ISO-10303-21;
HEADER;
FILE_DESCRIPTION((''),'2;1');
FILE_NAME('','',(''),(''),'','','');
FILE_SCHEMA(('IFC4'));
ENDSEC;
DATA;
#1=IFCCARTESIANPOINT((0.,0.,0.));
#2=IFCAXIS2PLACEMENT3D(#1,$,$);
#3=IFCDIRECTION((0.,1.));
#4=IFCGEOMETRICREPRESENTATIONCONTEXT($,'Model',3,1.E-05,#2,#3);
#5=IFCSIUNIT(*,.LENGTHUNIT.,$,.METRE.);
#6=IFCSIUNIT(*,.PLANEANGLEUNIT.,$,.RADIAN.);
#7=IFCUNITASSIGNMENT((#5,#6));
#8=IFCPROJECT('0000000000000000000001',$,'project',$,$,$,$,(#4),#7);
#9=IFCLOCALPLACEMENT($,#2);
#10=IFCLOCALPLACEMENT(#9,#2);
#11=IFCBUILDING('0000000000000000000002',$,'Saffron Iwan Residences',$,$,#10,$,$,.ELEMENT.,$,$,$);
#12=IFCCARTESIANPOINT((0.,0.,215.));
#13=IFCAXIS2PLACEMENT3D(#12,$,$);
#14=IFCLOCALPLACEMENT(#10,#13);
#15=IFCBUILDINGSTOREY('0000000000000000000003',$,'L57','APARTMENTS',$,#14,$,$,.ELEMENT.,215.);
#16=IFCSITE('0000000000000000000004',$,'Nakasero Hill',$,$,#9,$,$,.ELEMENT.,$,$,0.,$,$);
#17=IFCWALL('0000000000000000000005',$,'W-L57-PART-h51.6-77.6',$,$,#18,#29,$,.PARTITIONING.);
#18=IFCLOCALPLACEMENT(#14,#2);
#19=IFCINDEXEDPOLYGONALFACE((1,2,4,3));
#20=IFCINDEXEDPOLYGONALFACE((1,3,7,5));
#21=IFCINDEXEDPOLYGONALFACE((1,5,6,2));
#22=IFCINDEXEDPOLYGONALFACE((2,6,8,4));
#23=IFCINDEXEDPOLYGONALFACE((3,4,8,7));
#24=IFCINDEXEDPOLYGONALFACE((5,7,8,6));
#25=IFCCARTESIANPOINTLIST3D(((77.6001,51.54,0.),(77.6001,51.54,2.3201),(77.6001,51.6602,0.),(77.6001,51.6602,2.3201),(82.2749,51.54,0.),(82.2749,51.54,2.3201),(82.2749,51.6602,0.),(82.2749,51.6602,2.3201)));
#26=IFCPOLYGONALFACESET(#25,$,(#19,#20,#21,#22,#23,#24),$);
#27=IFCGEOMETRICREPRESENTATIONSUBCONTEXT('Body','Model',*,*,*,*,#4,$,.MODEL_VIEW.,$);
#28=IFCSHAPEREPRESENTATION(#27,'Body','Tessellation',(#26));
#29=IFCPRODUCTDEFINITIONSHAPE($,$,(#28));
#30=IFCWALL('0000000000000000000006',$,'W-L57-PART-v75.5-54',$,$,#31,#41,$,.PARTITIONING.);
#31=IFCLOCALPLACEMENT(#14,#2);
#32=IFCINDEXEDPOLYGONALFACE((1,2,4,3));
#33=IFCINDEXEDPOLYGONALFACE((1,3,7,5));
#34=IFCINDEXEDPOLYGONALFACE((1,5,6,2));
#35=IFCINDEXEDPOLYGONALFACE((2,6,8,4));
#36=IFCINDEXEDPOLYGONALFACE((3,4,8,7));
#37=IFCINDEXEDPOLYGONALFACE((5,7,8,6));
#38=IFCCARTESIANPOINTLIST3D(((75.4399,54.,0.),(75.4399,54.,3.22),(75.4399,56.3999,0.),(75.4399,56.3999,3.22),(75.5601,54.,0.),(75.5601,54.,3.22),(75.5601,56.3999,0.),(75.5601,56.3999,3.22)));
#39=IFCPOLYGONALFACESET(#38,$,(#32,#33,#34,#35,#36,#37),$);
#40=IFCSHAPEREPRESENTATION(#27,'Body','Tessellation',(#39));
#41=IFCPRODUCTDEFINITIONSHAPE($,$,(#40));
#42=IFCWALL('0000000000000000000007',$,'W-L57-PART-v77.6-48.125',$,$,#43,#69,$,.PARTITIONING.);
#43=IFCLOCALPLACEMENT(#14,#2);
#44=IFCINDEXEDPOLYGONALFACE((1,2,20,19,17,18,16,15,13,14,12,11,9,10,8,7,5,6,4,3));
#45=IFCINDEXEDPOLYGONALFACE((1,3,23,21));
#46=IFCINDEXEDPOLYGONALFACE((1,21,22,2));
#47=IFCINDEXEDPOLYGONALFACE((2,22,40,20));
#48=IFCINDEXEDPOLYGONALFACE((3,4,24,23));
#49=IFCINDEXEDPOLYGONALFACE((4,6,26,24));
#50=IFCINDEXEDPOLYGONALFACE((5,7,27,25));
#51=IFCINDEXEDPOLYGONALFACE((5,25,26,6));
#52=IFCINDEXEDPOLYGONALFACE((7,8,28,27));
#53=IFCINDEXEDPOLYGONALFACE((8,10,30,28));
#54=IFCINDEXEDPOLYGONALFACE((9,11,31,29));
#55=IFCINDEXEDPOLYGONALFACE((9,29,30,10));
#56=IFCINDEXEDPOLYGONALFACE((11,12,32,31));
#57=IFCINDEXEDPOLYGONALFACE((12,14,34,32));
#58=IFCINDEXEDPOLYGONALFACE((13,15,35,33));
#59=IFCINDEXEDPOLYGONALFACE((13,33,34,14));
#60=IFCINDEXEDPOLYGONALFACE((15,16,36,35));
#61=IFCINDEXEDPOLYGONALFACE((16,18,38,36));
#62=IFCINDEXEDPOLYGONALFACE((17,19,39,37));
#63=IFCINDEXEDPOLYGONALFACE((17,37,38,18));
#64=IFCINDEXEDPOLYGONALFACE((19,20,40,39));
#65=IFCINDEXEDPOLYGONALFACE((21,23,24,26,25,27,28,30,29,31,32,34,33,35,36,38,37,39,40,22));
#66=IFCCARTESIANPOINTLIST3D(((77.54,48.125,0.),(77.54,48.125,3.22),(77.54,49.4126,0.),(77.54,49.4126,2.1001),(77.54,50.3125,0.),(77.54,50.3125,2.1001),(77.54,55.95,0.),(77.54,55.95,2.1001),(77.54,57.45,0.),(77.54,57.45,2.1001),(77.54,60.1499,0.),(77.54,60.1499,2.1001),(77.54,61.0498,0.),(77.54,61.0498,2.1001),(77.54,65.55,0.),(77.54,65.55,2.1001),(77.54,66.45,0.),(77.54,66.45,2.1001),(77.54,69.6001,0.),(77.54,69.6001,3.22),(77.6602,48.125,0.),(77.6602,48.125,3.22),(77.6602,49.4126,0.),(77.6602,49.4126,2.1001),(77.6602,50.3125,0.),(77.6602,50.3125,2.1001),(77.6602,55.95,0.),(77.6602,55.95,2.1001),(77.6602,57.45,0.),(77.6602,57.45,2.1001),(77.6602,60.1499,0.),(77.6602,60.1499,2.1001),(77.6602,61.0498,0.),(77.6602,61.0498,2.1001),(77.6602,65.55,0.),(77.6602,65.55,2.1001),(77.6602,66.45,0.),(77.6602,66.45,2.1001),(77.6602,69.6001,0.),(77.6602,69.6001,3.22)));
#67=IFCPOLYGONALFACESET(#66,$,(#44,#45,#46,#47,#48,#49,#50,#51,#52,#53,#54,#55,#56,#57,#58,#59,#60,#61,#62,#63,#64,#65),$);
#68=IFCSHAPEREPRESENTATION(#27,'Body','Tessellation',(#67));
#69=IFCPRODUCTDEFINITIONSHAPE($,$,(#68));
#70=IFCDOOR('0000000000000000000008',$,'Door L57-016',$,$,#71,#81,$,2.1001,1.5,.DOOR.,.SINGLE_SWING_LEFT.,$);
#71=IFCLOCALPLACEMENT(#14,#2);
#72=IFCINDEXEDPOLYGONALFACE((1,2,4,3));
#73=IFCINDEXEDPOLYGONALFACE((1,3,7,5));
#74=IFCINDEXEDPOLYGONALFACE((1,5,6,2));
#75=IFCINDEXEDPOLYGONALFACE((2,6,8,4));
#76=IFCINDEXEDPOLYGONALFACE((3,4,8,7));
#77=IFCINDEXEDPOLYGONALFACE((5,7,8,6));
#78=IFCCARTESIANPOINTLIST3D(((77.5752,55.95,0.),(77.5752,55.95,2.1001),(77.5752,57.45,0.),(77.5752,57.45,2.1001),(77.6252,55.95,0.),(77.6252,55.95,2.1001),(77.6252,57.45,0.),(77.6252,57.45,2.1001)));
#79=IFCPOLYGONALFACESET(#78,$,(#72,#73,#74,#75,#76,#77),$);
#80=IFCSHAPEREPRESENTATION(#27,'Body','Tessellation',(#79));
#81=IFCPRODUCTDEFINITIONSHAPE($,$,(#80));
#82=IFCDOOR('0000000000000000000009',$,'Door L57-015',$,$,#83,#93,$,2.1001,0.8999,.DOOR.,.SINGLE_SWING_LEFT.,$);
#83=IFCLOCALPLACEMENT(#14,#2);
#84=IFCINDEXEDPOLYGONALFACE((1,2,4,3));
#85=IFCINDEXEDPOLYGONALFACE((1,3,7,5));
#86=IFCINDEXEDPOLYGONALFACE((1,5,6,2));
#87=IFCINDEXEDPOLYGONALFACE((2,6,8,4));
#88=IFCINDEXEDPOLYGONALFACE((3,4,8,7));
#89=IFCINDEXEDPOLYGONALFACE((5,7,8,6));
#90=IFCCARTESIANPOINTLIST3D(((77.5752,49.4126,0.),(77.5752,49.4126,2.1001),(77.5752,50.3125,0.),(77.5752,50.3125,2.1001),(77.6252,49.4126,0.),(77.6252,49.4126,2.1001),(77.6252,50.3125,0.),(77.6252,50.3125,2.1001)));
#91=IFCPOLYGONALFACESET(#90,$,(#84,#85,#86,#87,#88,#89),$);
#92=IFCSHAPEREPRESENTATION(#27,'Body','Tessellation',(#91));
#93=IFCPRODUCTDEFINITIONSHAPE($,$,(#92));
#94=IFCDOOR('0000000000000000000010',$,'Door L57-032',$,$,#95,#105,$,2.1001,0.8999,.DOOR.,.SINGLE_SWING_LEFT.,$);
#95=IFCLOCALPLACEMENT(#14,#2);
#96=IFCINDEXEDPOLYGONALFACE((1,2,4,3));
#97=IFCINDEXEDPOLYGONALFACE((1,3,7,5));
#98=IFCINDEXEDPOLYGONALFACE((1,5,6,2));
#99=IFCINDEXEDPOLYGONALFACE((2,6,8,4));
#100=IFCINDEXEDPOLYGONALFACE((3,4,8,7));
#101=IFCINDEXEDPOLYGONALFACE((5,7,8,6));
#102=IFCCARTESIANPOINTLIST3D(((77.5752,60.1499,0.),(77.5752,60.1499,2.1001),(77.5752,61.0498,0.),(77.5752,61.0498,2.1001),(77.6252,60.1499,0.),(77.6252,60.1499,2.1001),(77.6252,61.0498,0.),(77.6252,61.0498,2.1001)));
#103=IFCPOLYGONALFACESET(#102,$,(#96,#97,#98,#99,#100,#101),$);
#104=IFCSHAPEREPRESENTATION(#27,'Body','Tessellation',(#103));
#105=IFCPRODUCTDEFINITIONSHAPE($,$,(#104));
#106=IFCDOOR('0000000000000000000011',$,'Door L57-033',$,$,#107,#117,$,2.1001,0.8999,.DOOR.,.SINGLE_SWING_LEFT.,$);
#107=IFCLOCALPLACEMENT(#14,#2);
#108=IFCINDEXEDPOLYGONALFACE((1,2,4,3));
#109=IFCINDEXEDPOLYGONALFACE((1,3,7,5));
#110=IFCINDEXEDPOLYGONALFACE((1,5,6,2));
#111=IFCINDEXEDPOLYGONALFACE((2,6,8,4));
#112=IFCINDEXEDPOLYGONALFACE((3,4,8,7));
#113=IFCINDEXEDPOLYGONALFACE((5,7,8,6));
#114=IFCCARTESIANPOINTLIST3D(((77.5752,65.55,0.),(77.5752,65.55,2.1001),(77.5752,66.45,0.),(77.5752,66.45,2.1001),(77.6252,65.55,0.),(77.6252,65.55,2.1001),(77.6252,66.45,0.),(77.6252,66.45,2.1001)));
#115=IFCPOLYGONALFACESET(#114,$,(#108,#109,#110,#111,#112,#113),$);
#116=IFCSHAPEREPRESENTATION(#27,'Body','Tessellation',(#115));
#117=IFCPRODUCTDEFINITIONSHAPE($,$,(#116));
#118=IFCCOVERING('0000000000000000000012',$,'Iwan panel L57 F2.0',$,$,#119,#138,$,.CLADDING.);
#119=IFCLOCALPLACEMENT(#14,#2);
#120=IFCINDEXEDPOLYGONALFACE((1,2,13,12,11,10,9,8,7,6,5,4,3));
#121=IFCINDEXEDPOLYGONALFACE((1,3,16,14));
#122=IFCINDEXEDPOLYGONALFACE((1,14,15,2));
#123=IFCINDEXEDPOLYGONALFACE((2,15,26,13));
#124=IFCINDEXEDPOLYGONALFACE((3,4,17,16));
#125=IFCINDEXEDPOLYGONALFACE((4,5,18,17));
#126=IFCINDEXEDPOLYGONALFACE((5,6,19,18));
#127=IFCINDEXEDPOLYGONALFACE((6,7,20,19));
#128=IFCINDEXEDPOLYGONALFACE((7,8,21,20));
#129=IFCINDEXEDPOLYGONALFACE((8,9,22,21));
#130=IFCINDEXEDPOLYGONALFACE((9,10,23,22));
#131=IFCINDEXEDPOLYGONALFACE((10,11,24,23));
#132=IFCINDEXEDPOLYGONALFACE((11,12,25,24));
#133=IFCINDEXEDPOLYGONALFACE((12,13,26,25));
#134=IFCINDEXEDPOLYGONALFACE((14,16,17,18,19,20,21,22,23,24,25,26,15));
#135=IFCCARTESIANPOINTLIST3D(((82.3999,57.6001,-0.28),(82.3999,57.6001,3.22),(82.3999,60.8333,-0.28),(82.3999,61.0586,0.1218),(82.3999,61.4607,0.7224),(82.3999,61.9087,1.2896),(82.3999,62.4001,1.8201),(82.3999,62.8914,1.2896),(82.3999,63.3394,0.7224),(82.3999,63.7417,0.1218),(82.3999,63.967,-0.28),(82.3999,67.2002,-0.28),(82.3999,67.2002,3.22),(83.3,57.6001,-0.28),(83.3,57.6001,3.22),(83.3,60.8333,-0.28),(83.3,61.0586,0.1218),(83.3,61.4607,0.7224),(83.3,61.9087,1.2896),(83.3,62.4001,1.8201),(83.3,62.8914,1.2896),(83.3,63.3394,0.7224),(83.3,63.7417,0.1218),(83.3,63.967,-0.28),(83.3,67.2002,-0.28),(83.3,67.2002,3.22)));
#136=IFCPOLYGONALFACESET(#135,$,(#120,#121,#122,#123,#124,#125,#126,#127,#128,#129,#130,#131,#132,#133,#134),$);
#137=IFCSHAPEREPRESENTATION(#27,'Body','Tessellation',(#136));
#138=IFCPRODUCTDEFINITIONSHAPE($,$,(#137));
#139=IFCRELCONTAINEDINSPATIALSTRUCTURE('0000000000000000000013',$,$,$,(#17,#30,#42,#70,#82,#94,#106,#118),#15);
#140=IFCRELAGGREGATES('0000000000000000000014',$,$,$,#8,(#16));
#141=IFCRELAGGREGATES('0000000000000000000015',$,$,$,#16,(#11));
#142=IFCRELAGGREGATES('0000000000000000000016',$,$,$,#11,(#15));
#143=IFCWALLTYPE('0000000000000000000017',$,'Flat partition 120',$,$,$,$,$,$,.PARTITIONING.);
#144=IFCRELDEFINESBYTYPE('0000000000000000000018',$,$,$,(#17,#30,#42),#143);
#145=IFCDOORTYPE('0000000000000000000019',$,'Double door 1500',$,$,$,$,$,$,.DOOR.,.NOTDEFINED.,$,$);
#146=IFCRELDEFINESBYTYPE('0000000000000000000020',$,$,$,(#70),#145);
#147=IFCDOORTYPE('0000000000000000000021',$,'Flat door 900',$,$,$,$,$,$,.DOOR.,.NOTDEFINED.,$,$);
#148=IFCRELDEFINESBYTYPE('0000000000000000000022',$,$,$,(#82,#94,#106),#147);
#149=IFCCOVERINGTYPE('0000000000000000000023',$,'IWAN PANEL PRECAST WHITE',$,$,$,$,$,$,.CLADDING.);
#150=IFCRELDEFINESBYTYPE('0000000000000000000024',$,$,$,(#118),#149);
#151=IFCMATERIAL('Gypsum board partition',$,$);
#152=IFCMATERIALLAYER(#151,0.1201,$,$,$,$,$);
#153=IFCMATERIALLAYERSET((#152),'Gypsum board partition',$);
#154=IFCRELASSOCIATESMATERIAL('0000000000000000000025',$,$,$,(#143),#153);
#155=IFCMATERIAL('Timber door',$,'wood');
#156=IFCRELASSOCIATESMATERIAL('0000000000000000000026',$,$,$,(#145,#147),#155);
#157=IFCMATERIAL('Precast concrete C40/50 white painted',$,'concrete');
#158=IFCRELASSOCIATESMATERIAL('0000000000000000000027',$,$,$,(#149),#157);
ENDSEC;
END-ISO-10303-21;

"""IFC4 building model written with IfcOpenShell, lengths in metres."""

from ifc_helpers import new_model, si_unit, direction, frame, frame_2d, origin, place, context, subcontext, project, spatial, polyline, rectangle, outline, extrude, material, layer, layer_set, type_object, element, fill, save


model = new_model("IFC4")

# Units and contexts
model_context = context("Model", 3, precision=1e-05, world=origin(), true_north=direction((0.0, 1.0)))
body_context = subcontext(model_context, "Body", "Model", "MODEL_VIEW")
ifc_project = project(units=[si_unit("LENGTHUNIT", "METRE"), si_unit("PLANEANGLEUNIT", "RADIAN")], contexts=[model_context])

# Site, building, storey
site_placement = place(None, origin())
site = spatial("IfcSite", under=ifc_project, at=site_placement, Name="Nakasero Hill", CompositionType="ELEMENT", RefElevation=0.0)
building_placement = place(site_placement, origin())
building = spatial("IfcBuilding", under=site, at=building_placement, Name="Saffron Iwan Residences", CompositionType="ELEMENT")
storey_placement = place(building_placement, frame((0.0, 0.0, 215.0)))
storey = spatial("IfcBuildingStorey", under=building, at=storey_placement, Name="L57", Description="APARTMENTS", CompositionType="ELEMENT", Elevation=215.0)

# Walls
ifc_material_1 = material(Name="Gypsum board partition")
ifc_layer_1 = layer(ifc_material_1, 0.1201)
ifc_layer_set_1 = layer_set([ifc_layer_1], Name="Gypsum board partition")
wall_type_1 = type_object("IfcWallType", Name="Flat partition 120", PredefinedType="PARTITIONING", material=ifc_layer_set_1)
wall_1_placement = place(storey_placement, frame((77.6001, 51.6001, 0.0), z_axis=(0.0, 0.0, 1.0), x_axis=(1.0, 0.0, 0.0)))
element("IfcWall", 1, at=wall_1_placement, inside=storey, type_object=wall_type_1, Name="W-L57-PART-h51.6-77.6", PredefinedType="PARTITIONING", context=body_context, shape_type="SweptSolid", body=[
    extrude(rectangle(XDim=4.6748, YDim=0.1201, at=frame_2d((2.3374, 0.0))), origin(), (0.0, 0.0, 1.0), 2.3201),
])
wall_2_placement = place(storey_placement, frame((75.5, 54.0, 0.0), z_axis=(0.0, 0.0, 1.0), x_axis=(0.0, 1.0, 0.0)))
element("IfcWall", 2, at=wall_2_placement, inside=storey, type_object=wall_type_1, Name="W-L57-PART-v75.5-54", PredefinedType="PARTITIONING", context=body_context, shape_type="SweptSolid", body=[
    extrude(rectangle(XDim=2.3999, YDim=0.1201, at=frame_2d((1.2, 0.0))), origin(), (0.0, 0.0, 1.0), 3.22),
])

# Wall, openings, doors
wall_3_placement = place(storey_placement, frame((77.6001, 48.125, 0.0), z_axis=(0.0, 0.0, 1.0), x_axis=(0.0, 1.0, 0.0)))
wall_3 = element("IfcWall", 3, at=wall_3_placement, inside=storey, type_object=wall_type_1, Name="W-L57-PART-v77.6-48.125", PredefinedType="PARTITIONING", context=body_context, shape_type="SweptSolid", body=[
    extrude(rectangle(XDim=21.4751, YDim=0.1201, at=frame_2d((10.7375, 0.0))), origin(), (0.0, 0.0, 1.0), 3.22),
])
opening_1_placement = place(wall_3_placement, frame((1.2876, 0.0, 0.0)))
opening_1 = element("IfcOpeningElement", 4, at=opening_1_placement, cuts=wall_3, PredefinedType="OPENING", context=body_context, shape_type="SweptSolid", body=[
    extrude(rectangle(XDim=0.8999, YDim=2.1001, at=frame_2d((0.45, 1.05))), frame((0.0, 0.0701, 0.0), z_axis=(0.0, -1.0, 0.0), x_axis=(1.0, 0.0, 0.0)), (0.0, 0.0, 1.0), 0.1401),
])
opening_2_placement = place(wall_3_placement, frame((7.825, 0.0, 0.0)))
opening_2 = element("IfcOpeningElement", 5, at=opening_2_placement, cuts=wall_3, PredefinedType="OPENING", context=body_context, shape_type="SweptSolid", body=[
    extrude(rectangle(XDim=1.5, YDim=2.1001, at=frame_2d((0.75, 1.05))), frame((0.0, 0.0701, 0.0), z_axis=(0.0, -1.0, 0.0), x_axis=(1.0, 0.0, 0.0)), (0.0, 0.0, 1.0), 0.1401),
])
opening_3_placement = place(wall_3_placement, frame((12.0249, 0.0, 0.0)))
opening_3 = element("IfcOpeningElement", 6, at=opening_3_placement, cuts=wall_3, PredefinedType="OPENING", context=body_context, shape_type="SweptSolid", body=[
    extrude(rectangle(XDim=0.8999, YDim=2.1001, at=frame_2d((0.45, 1.05))), frame((0.0, 0.0701, 0.0), z_axis=(0.0, -1.0, 0.0), x_axis=(1.0, 0.0, 0.0)), (0.0, 0.0, 1.0), 0.1401),
])
opening_4_placement = place(wall_3_placement, frame((17.425, 0.0, 0.0)))
opening_4 = element("IfcOpeningElement", 7, at=opening_4_placement, cuts=wall_3, PredefinedType="OPENING", context=body_context, shape_type="SweptSolid", body=[
    extrude(rectangle(XDim=0.8999, YDim=2.1001, at=frame_2d((0.45, 1.05))), frame((0.0, 0.0701, 0.0), z_axis=(0.0, -1.0, 0.0), x_axis=(1.0, 0.0, 0.0)), (0.0, 0.0, 1.0), 0.1401),
])
ifc_material_2 = material(Name="Timber door", Category="wood")
door_type_1 = type_object("IfcDoorType", Name="Double door 1500", OperationType="NOTDEFINED", PredefinedType="DOOR", material=ifc_material_2)
door_1_placement = place(opening_2_placement, origin())
door_1 = element("IfcDoor", 8, at=door_1_placement, inside=storey, type_object=door_type_1, Name="Door L57-016", OperationType="SINGLE_SWING_LEFT", OverallHeight=2.1001, OverallWidth=1.5, PredefinedType="DOOR", context=body_context, shape_type="SweptSolid", body=[
    extrude(rectangle(XDim=1.5, YDim=2.1001, at=frame_2d((0.75, 1.05))), frame((0.0, 0.0249, 0.0), z_axis=(0.0, -1.0, 0.0), x_axis=(1.0, 0.0, 0.0)), (0.0, 0.0, 1.0), 0.05),
])
fill(opening_2, door_1)
door_type_2 = type_object("IfcDoorType", Name="Flat door 900", OperationType="NOTDEFINED", PredefinedType="DOOR", material=ifc_material_2)
door_2_placement = place(opening_1_placement, origin())
door_2 = element("IfcDoor", 9, at=door_2_placement, inside=storey, type_object=door_type_2, Name="Door L57-015", OperationType="SINGLE_SWING_LEFT", OverallHeight=2.1001, OverallWidth=0.8999, PredefinedType="DOOR", context=body_context, shape_type="SweptSolid", body=[
    extrude(rectangle(XDim=0.8999, YDim=2.1001, at=frame_2d((0.45, 1.05))), frame((0.0, 0.0249, 0.0), z_axis=(0.0, -1.0, 0.0), x_axis=(1.0, 0.0, 0.0)), (0.0, 0.0, 1.0), 0.05),
])
fill(opening_1, door_2)
door_3_placement = place(opening_3_placement, origin())
door_3 = element("IfcDoor", 10, at=door_3_placement, inside=storey, type_object=door_type_2, Name="Door L57-032", OperationType="SINGLE_SWING_LEFT", OverallHeight=2.1001, OverallWidth=0.8999, PredefinedType="DOOR", context=body_context, shape_type="SweptSolid", body=[
    extrude(rectangle(XDim=0.8999, YDim=2.1001, at=frame_2d((0.45, 1.05))), frame((0.0, 0.0249, 0.0), z_axis=(0.0, -1.0, 0.0), x_axis=(1.0, 0.0, 0.0)), (0.0, 0.0, 1.0), 0.05),
])
fill(opening_3, door_3)
door_4_placement = place(opening_4_placement, origin())
door_4 = element("IfcDoor", 11, at=door_4_placement, inside=storey, type_object=door_type_2, Name="Door L57-033", OperationType="SINGLE_SWING_LEFT", OverallHeight=2.1001, OverallWidth=0.8999, PredefinedType="DOOR", context=body_context, shape_type="SweptSolid", body=[
    extrude(rectangle(XDim=0.8999, YDim=2.1001, at=frame_2d((0.45, 1.05))), frame((0.0, 0.0249, 0.0), z_axis=(0.0, -1.0, 0.0), x_axis=(1.0, 0.0, 0.0)), (0.0, 0.0, 1.0), 0.05),
])
fill(opening_4, door_4)

# Covering
ifc_material_3 = material(Name="Precast concrete C40/50 white painted", Category="concrete")
covering_type = type_object("IfcCoveringType", Name="IWAN PANEL PRECAST WHITE", PredefinedType="CLADDING", material=ifc_material_3)
covering_placement = place(storey_placement, frame((82.3999, 57.6001, -0.28), z_axis=(1.0, 0.0, 0.0), x_axis=(0.0, 1.0, 0.0)))
element("IfcCovering", 12, at=covering_placement, inside=storey, type_object=covering_type, Name="Iwan panel L57 F2.0", PredefinedType="CLADDING", context=body_context, shape_type="SweptSolid", body=[
    extrude(outline(polyline([(0.0, 0.0), (0.0, 3.5), (9.6001, 3.5), (9.6001, 0.0), (6.3669, 0.0), (6.1416, 0.4019), (5.7393, 1.0024), (5.2913, 1.5696), (4.8, 2.1001), (4.3086, 1.5696), (3.8606, 1.0024), (3.4585, 0.4019), (3.2332, 0.0), (0.0, 0.0)])), origin(), (0.0, 0.0, 1.0), 0.9001),
])

save(model, "model.ifc")
